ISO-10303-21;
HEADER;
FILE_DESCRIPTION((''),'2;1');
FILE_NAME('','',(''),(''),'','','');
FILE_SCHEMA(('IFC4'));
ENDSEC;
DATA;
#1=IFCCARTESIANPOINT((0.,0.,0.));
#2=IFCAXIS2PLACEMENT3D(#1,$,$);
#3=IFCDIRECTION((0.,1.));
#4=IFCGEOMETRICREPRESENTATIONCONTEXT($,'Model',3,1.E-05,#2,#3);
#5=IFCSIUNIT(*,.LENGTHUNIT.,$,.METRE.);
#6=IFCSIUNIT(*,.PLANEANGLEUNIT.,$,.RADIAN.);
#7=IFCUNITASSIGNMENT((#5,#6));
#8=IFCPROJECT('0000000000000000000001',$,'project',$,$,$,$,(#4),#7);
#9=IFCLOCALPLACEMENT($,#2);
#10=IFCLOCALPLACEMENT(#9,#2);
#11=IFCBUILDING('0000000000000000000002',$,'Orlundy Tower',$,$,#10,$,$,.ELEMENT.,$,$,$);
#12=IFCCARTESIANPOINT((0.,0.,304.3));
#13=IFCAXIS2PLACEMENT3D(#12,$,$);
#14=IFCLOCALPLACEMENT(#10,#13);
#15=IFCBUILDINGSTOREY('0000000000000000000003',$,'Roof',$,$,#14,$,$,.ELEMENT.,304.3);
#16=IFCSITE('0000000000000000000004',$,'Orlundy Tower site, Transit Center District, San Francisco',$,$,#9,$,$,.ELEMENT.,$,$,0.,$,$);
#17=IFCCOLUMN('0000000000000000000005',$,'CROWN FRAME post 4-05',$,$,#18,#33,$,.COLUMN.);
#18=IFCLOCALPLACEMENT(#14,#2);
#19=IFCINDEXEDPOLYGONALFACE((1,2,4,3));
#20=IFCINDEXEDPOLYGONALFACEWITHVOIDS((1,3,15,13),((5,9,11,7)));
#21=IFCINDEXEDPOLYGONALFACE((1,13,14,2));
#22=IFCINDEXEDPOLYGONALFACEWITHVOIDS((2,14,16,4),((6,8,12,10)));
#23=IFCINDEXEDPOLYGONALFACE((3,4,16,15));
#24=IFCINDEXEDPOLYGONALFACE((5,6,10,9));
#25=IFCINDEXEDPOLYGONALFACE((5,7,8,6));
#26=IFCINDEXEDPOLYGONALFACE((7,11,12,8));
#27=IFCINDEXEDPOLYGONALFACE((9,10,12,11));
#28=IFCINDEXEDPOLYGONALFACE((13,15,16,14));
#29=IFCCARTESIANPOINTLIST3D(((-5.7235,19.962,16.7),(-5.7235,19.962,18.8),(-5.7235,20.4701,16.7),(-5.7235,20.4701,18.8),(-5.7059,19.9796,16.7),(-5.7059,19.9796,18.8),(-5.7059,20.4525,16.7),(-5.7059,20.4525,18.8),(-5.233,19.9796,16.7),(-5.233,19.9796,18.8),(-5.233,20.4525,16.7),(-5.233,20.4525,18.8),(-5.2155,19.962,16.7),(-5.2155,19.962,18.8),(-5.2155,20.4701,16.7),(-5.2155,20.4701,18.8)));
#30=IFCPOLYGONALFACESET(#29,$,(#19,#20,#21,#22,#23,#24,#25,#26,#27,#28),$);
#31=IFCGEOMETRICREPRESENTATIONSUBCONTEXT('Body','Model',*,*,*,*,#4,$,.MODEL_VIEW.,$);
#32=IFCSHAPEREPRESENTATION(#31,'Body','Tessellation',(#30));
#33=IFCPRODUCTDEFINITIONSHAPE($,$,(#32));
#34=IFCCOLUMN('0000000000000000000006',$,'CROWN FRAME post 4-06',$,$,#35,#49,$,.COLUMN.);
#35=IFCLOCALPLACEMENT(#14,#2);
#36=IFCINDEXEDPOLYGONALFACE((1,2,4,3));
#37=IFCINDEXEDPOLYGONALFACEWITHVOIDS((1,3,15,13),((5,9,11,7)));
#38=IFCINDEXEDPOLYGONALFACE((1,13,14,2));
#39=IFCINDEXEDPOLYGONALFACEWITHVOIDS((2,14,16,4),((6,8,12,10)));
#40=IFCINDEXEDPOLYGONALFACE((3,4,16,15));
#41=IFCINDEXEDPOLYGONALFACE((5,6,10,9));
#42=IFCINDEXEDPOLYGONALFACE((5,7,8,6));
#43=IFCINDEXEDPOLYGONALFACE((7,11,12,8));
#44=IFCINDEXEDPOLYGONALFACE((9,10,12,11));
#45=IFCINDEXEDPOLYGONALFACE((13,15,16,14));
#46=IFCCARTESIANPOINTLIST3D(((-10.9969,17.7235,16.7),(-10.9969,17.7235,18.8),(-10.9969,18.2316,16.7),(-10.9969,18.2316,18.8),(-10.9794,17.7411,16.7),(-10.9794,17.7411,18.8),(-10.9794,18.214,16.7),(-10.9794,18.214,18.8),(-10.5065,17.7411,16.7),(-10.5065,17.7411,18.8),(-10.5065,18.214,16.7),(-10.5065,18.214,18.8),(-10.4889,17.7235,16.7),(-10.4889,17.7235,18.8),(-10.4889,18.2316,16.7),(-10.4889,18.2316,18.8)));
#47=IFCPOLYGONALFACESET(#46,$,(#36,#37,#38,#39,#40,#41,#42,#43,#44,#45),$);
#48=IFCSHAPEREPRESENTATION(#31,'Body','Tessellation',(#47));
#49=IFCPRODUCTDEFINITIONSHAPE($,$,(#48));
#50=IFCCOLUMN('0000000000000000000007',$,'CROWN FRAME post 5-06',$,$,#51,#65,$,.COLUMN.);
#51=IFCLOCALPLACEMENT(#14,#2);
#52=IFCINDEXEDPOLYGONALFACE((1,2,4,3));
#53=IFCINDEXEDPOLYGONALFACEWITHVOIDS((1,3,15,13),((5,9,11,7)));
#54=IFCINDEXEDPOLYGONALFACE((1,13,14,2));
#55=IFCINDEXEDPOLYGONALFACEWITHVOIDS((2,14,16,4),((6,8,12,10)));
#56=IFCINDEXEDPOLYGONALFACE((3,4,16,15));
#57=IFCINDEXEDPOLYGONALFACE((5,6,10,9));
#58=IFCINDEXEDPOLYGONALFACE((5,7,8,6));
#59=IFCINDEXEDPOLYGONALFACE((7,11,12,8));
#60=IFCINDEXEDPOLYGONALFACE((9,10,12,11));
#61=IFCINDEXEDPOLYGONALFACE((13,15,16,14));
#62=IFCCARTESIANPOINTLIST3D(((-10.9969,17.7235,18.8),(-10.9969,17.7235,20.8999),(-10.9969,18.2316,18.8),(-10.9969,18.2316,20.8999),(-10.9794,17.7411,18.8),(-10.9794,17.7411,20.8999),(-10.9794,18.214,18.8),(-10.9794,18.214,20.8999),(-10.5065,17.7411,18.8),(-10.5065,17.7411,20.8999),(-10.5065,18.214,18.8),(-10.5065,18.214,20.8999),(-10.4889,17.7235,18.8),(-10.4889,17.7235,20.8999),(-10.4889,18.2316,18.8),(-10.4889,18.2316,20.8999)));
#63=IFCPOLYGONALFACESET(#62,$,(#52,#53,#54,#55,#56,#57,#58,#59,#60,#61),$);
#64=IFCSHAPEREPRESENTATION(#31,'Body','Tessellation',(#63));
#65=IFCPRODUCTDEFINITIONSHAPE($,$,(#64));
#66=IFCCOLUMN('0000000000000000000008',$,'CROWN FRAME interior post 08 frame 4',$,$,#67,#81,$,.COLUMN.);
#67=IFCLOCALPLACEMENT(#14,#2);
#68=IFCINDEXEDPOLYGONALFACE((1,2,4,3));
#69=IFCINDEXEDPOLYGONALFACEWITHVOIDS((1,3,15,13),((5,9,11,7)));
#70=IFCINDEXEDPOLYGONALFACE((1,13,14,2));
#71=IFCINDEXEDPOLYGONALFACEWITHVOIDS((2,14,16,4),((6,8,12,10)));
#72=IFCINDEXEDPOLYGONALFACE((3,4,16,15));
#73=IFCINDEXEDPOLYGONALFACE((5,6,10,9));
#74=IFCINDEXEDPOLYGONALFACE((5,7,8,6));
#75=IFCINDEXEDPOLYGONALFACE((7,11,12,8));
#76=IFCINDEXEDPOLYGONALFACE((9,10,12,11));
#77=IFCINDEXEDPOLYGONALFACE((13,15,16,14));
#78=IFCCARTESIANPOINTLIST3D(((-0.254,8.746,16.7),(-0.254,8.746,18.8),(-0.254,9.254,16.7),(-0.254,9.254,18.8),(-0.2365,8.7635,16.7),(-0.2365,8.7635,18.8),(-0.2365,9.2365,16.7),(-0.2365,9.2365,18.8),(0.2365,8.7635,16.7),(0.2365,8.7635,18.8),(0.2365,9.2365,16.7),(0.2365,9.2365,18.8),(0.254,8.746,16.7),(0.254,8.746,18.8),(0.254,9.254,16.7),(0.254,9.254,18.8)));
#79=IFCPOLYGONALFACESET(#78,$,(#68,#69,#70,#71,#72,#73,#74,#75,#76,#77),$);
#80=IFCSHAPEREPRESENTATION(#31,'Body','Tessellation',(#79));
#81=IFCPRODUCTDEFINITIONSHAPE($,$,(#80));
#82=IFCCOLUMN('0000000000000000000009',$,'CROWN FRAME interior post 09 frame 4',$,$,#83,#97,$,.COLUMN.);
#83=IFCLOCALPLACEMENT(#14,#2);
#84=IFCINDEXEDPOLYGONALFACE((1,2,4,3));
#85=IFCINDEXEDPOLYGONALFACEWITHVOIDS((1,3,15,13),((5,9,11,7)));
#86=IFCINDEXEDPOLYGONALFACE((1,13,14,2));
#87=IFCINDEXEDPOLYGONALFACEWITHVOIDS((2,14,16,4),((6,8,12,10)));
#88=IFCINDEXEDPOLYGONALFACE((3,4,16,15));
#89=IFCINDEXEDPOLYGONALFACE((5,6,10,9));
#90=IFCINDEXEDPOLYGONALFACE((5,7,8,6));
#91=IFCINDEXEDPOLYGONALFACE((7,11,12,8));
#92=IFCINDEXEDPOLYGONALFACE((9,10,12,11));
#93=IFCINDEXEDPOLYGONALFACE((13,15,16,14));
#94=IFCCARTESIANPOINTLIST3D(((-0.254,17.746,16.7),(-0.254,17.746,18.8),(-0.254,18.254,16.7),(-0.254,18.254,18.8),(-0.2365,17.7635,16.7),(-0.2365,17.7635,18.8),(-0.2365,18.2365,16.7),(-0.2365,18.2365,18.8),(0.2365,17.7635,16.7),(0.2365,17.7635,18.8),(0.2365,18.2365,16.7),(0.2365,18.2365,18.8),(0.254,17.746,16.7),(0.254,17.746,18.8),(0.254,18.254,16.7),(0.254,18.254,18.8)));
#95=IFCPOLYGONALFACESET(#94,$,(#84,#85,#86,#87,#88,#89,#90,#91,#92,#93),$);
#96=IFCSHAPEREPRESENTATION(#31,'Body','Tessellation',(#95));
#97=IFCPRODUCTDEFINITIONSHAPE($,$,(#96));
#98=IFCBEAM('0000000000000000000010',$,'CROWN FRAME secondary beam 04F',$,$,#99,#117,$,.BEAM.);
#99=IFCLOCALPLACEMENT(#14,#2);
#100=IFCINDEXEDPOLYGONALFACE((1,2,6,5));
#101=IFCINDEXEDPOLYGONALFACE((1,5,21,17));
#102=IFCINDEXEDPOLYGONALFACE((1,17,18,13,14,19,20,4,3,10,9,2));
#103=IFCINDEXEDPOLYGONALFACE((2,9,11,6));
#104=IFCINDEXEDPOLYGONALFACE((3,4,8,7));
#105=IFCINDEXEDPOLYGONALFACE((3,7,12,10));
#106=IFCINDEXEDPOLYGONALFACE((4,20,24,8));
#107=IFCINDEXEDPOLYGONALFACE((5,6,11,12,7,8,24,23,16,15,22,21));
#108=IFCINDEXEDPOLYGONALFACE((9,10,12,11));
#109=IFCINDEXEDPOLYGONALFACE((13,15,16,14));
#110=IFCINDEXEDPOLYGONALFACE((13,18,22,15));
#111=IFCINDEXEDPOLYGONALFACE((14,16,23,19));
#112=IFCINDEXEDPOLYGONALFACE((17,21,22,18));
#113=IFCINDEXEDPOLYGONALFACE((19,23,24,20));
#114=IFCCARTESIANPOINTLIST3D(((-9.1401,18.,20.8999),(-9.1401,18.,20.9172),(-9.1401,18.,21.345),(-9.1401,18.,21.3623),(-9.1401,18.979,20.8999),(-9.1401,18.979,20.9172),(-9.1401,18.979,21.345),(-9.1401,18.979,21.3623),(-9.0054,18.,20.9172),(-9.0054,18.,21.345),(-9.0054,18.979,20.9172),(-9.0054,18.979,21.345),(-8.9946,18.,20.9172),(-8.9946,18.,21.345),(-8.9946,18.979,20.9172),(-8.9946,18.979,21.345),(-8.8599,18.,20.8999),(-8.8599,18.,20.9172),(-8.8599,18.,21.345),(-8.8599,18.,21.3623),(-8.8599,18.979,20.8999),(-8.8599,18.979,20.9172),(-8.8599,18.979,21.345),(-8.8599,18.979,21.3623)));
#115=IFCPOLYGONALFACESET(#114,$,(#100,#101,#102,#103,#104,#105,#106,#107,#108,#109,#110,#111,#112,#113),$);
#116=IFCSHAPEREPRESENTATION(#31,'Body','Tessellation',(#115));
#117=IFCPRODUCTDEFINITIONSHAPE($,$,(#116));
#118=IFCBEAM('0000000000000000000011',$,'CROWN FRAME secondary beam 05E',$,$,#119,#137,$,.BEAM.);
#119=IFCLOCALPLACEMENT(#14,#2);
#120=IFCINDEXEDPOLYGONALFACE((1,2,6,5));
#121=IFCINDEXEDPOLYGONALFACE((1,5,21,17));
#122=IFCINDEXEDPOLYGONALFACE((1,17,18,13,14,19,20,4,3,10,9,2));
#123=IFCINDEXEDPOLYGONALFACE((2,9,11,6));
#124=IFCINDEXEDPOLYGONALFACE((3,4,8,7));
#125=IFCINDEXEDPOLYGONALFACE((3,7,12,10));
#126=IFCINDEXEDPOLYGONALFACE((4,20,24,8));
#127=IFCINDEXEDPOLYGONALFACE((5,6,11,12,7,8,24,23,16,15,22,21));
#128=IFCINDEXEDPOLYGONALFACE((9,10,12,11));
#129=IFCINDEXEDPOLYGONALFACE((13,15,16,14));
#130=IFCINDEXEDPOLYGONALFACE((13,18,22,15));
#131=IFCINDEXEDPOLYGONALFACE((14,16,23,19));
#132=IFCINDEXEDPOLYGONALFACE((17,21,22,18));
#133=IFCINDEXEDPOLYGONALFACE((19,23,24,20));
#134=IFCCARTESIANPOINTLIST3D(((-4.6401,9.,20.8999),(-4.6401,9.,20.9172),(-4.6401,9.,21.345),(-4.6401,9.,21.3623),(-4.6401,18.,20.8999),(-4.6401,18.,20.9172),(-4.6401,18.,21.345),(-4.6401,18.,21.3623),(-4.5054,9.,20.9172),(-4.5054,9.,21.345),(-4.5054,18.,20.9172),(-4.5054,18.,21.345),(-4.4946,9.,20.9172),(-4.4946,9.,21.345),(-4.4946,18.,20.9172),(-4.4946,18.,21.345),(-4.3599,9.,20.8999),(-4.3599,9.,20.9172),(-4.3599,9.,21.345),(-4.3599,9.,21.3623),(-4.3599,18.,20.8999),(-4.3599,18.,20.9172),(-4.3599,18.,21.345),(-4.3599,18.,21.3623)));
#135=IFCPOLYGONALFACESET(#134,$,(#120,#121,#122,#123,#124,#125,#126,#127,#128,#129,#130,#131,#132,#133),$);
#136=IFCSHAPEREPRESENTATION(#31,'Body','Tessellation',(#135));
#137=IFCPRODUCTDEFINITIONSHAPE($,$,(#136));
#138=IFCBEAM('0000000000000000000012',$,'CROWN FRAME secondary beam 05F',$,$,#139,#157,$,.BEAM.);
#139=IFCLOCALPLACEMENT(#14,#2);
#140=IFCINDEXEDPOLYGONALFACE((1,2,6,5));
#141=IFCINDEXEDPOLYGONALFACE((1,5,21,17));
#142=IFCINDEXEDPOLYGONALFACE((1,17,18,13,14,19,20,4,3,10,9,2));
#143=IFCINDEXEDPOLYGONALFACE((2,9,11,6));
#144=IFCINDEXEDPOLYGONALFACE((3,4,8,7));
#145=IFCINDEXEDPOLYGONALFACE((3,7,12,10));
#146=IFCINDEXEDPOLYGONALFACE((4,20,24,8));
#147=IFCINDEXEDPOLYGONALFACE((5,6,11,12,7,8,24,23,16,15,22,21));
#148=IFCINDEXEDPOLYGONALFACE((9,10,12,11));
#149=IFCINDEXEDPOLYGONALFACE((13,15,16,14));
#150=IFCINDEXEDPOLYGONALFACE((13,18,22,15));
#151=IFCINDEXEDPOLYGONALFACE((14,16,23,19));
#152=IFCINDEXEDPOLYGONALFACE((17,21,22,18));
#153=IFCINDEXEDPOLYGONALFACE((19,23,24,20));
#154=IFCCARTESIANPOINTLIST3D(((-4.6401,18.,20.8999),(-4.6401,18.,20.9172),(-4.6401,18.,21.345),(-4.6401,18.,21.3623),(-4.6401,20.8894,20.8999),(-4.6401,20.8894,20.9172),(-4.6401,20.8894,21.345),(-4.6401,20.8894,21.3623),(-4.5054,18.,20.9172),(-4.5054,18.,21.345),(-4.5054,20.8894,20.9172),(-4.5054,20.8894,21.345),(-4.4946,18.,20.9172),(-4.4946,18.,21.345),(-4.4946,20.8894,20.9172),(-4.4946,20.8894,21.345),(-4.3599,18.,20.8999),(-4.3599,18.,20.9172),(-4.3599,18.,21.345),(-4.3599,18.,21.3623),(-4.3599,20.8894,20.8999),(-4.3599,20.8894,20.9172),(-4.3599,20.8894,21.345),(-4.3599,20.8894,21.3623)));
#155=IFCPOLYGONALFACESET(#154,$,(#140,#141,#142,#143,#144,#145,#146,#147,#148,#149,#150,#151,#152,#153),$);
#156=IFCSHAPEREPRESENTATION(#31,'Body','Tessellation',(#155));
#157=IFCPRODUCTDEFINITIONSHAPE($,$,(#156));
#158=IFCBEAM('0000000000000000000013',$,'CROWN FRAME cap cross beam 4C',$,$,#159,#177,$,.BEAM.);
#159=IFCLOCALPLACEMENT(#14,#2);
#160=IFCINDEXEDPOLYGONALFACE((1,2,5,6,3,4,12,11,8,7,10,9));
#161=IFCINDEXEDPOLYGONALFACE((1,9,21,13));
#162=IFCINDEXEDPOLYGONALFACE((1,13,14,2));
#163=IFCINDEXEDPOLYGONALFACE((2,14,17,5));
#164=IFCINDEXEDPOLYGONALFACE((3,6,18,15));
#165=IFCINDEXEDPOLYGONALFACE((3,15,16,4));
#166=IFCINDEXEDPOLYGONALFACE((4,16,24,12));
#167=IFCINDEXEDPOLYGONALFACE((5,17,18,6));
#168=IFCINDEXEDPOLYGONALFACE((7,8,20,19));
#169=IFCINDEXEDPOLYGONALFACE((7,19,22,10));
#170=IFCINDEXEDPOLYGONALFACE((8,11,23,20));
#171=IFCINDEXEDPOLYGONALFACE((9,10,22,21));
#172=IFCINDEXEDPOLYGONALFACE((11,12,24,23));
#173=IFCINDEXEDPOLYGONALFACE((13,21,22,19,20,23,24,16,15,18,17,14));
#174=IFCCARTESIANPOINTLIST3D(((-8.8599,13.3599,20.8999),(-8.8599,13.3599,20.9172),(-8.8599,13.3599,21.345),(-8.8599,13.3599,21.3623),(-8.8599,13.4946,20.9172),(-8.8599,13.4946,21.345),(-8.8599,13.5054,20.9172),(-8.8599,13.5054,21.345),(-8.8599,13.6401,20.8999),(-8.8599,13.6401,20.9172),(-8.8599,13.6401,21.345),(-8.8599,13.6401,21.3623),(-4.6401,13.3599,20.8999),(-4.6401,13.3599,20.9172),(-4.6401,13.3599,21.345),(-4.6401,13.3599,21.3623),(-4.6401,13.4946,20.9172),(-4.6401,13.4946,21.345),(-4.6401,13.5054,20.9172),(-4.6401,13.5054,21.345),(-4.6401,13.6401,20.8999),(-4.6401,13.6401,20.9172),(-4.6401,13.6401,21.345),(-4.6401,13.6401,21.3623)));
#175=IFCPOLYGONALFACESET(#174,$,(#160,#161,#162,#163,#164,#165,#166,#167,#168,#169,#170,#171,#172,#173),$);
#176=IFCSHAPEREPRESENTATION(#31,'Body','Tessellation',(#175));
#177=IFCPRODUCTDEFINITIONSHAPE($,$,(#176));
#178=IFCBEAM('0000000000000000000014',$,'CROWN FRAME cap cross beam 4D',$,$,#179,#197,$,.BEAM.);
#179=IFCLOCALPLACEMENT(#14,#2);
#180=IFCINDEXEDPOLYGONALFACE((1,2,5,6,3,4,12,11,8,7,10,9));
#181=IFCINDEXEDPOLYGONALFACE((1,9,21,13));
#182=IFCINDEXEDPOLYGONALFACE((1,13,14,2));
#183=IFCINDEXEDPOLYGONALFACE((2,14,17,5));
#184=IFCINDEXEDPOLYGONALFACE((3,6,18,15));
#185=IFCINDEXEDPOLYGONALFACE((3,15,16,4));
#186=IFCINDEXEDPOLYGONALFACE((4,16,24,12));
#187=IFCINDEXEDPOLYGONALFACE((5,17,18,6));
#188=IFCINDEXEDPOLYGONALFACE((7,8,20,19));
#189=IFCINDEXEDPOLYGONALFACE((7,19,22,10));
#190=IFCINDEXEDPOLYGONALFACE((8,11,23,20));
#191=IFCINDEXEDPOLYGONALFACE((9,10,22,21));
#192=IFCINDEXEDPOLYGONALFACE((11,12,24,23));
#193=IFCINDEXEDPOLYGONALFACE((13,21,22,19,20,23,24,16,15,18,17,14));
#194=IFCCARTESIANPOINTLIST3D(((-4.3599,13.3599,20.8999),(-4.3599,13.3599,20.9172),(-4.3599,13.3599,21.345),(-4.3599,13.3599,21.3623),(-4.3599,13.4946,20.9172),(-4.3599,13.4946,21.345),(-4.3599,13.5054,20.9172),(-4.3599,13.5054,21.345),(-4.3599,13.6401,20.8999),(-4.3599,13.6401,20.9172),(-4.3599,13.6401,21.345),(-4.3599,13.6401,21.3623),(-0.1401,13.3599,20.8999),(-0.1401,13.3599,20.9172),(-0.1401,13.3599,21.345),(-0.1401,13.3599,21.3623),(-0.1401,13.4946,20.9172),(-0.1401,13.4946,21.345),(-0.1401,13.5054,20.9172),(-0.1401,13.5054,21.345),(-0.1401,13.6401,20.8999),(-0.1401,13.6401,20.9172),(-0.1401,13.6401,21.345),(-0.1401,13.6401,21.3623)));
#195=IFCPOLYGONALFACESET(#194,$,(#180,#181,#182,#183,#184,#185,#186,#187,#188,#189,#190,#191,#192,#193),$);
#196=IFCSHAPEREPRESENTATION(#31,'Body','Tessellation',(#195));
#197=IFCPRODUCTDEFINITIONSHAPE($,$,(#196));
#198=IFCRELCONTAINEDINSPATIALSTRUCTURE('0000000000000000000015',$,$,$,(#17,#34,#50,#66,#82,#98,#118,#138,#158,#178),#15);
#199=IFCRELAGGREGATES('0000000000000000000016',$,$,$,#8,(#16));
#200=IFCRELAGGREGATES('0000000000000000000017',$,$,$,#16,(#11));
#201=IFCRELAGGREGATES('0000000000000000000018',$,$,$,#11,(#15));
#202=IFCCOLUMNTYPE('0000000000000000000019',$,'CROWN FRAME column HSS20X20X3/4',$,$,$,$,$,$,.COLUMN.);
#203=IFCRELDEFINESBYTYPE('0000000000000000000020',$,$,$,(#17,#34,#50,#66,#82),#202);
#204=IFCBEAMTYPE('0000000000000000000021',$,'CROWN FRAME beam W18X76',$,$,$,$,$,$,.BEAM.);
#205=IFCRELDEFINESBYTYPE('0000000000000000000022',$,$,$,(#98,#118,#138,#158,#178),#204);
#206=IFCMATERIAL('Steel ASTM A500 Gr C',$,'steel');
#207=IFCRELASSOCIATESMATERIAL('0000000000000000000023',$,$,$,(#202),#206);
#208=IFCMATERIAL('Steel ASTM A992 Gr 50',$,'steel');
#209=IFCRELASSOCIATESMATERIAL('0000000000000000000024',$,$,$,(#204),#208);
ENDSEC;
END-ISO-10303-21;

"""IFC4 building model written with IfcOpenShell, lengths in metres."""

from ifc_helpers import new_model, si_unit, direction, frame, origin, origin_2d, place, context, subcontext, project, spatial, hollow_rectangle, i_section, extrude, material, material_profile, profile_set, type_object, element, save


model = new_model("IFC4")

# Units and contexts
model_context = context("Model", 3, precision=1e-05, world=origin(), true_north=direction((0.0, 1.0)))
body_context = subcontext(model_context, "Body", "Model", "MODEL_VIEW")
ifc_project = project(units=[si_unit("LENGTHUNIT", "METRE"), si_unit("PLANEANGLEUNIT", "RADIAN")], contexts=[model_context])

# Site, building, storey
site_placement = place(None, origin())
site = spatial("IfcSite", under=ifc_project, at=site_placement, Name="Orlundy Tower site, Transit Center District, San Francisco", CompositionType="ELEMENT", RefElevation=0.0)
building_placement = place(site_placement, origin())
building = spatial("IfcBuilding", under=site, at=building_placement, Name="Orlundy Tower", CompositionType="ELEMENT")
storey_placement = place(building_placement, frame((0.0, 0.0, 304.3)))
storey = spatial("IfcBuildingStorey", under=building, at=storey_placement, Name="Roof", CompositionType="ELEMENT", Elevation=304.3)

# Columns
ifc_material_1 = material(Name="Steel ASTM A500 Gr C", Category="steel")
ifc_material_profile_1 = material_profile(ifc_material_1, hollow_rectangle(XDim=0.5081, YDim=0.5081, WallThickness=0.0176, at=origin_2d()), Name="HSS20X20X3/4")
ifc_profile_set_1 = profile_set([ifc_material_profile_1], Name="Steel ASTM A500 Gr C")
column_type = type_object("IfcColumnType", Name="CROWN FRAME column HSS20X20X3/4", PredefinedType="COLUMN", material=ifc_profile_set_1)
for number, where, z_axis, x_axis, name in (
    (1, (-5.4695, 20.2161, 16.7), (0.0, 0.0, 1.0), (1.0, 0.0, 0.0), "CROWN FRAME post 4-05"),
    (2, (-10.7429, 17.9775, 16.7), (0.0, 0.0, 1.0), (1.0, 0.0, 0.0), "CROWN FRAME post 4-06"),
):
    element("IfcColumn", number, at=place(storey_placement, frame(where, z_axis=z_axis, x_axis=x_axis)), inside=storey, type_object=column_type, Name=name, PredefinedType="COLUMN", context=body_context, shape_type="SweptSolid", body=[
        extrude(hollow_rectangle(XDim=0.5081, YDim=0.5081, WallThickness=0.0176, at=origin_2d()), origin(), (0.0, 0.0, 1.0), 2.1001),
    ])
column_placement = place(storey_placement, frame((-10.7429, 17.9775, 18.8), z_axis=(0.0, 0.0, 1.0), x_axis=(1.0, 0.0, 0.0)))
element("IfcColumn", 3, at=column_placement, inside=storey, type_object=column_type, Name="CROWN FRAME post 5-06", PredefinedType="COLUMN", context=body_context, shape_type="SweptSolid", body=[
    extrude(hollow_rectangle(XDim=0.5081, YDim=0.5081, WallThickness=0.0176, at=origin_2d()), origin(), (0.0, 0.0, 1.0), 2.0999),
])
for number, where, z_axis, x_axis, name in (
    (4, (0.0, 9.0, 16.7), (0.0, 0.0, 1.0), (1.0, 0.0, 0.0), "CROWN FRAME interior post 08 frame 4"),
    (5, (0.0, 18.0, 16.7), (0.0, 0.0, 1.0), (1.0, 0.0, 0.0), "CROWN FRAME interior post 09 frame 4"),
):
    element("IfcColumn", number, at=place(storey_placement, frame(where, z_axis=z_axis, x_axis=x_axis)), inside=storey, type_object=column_type, Name=name, PredefinedType="COLUMN", context=body_context, shape_type="SweptSolid", body=[
        extrude(hollow_rectangle(XDim=0.5081, YDim=0.5081, WallThickness=0.0176, at=origin_2d()), origin(), (0.0, 0.0, 1.0), 2.1001),
    ])

# Beams
ifc_material_2 = material(Name="Steel ASTM A992 Gr 50", Category="steel")
ifc_material_profile_2 = material_profile(ifc_material_2, i_section(OverallWidth=0.2803, OverallDepth=0.4624, WebThickness=0.0107, FlangeThickness=0.0173, at=origin_2d()), Name="W18X76")
ifc_profile_set_2 = profile_set([ifc_material_profile_2], Name="Steel ASTM A992 Gr 50")
beam_type_1 = type_object("IfcBeamType", Name="CROWN FRAME beam W18X76", PredefinedType="BEAM", material=ifc_profile_set_2)
beam_1_placement = place(storey_placement, frame((-9.0, 18.0, 21.1311), z_axis=(0.0, 1.0, 0.0), x_axis=(-1.0, 0.0, 0.0)))
element("IfcBeam", 6, at=beam_1_placement, inside=storey, type_object=beam_type_1, Name="CROWN FRAME secondary beam 04F", PredefinedType="BEAM", context=body_context, shape_type="SweptSolid", body=[
    extrude(i_section(OverallWidth=0.2803, OverallDepth=0.4624, WebThickness=0.0107, FlangeThickness=0.0173, at=origin_2d()), origin(), (0.0, 0.0, 1.0), 0.979),
])
beam_2_placement = place(storey_placement, frame((-4.5, 9.0, 21.1311), z_axis=(0.0, 1.0, 0.0), x_axis=(-1.0, 0.0, 0.0)))
element("IfcBeam", 7, at=beam_2_placement, inside=storey, type_object=beam_type_1, Name="CROWN FRAME secondary beam 05E", PredefinedType="BEAM", context=body_context, shape_type="SweptSolid", body=[
    extrude(i_section(OverallWidth=0.2803, OverallDepth=0.4624, WebThickness=0.0107, FlangeThickness=0.0173, at=origin_2d()), origin(), (0.0, 0.0, 1.0), 9.0),
])
beam_3_placement = place(storey_placement, frame((-4.5, 18.0, 21.1311), z_axis=(0.0, 1.0, 0.0), x_axis=(-1.0, 0.0, 0.0)))
element("IfcBeam", 8, at=beam_3_placement, inside=storey, type_object=beam_type_1, Name="CROWN FRAME secondary beam 05F", PredefinedType="BEAM", context=body_context, shape_type="SweptSolid", body=[
    extrude(i_section(OverallWidth=0.2803, OverallDepth=0.4624, WebThickness=0.0107, FlangeThickness=0.0173, at=origin_2d()), origin(), (0.0, 0.0, 1.0), 2.8894),
])
for number, where, z_axis, x_axis, name in (
    (9, (-8.8599, 13.5, 21.1311), (1.0, 0.0, 0.0), (0.0, 1.0, 0.0), "CROWN FRAME cap cross beam 4C"),
    (10, (-4.3599, 13.5, 21.1311), (1.0, 0.0, 0.0), (0.0, 1.0, 0.0), "CROWN FRAME cap cross beam 4D"),
):
    element("IfcBeam", number, at=place(storey_placement, frame(where, z_axis=z_axis, x_axis=x_axis)), inside=storey, type_object=beam_type_1, Name=name, PredefinedType="BEAM", context=body_context, shape_type="SweptSolid", body=[
        extrude(i_section(OverallWidth=0.2803, OverallDepth=0.4624, WebThickness=0.0107, FlangeThickness=0.0173, at=origin_2d()), origin(), (0.0, 0.0, 1.0), 4.2197),
    ])

save(model, "model.ifc")
